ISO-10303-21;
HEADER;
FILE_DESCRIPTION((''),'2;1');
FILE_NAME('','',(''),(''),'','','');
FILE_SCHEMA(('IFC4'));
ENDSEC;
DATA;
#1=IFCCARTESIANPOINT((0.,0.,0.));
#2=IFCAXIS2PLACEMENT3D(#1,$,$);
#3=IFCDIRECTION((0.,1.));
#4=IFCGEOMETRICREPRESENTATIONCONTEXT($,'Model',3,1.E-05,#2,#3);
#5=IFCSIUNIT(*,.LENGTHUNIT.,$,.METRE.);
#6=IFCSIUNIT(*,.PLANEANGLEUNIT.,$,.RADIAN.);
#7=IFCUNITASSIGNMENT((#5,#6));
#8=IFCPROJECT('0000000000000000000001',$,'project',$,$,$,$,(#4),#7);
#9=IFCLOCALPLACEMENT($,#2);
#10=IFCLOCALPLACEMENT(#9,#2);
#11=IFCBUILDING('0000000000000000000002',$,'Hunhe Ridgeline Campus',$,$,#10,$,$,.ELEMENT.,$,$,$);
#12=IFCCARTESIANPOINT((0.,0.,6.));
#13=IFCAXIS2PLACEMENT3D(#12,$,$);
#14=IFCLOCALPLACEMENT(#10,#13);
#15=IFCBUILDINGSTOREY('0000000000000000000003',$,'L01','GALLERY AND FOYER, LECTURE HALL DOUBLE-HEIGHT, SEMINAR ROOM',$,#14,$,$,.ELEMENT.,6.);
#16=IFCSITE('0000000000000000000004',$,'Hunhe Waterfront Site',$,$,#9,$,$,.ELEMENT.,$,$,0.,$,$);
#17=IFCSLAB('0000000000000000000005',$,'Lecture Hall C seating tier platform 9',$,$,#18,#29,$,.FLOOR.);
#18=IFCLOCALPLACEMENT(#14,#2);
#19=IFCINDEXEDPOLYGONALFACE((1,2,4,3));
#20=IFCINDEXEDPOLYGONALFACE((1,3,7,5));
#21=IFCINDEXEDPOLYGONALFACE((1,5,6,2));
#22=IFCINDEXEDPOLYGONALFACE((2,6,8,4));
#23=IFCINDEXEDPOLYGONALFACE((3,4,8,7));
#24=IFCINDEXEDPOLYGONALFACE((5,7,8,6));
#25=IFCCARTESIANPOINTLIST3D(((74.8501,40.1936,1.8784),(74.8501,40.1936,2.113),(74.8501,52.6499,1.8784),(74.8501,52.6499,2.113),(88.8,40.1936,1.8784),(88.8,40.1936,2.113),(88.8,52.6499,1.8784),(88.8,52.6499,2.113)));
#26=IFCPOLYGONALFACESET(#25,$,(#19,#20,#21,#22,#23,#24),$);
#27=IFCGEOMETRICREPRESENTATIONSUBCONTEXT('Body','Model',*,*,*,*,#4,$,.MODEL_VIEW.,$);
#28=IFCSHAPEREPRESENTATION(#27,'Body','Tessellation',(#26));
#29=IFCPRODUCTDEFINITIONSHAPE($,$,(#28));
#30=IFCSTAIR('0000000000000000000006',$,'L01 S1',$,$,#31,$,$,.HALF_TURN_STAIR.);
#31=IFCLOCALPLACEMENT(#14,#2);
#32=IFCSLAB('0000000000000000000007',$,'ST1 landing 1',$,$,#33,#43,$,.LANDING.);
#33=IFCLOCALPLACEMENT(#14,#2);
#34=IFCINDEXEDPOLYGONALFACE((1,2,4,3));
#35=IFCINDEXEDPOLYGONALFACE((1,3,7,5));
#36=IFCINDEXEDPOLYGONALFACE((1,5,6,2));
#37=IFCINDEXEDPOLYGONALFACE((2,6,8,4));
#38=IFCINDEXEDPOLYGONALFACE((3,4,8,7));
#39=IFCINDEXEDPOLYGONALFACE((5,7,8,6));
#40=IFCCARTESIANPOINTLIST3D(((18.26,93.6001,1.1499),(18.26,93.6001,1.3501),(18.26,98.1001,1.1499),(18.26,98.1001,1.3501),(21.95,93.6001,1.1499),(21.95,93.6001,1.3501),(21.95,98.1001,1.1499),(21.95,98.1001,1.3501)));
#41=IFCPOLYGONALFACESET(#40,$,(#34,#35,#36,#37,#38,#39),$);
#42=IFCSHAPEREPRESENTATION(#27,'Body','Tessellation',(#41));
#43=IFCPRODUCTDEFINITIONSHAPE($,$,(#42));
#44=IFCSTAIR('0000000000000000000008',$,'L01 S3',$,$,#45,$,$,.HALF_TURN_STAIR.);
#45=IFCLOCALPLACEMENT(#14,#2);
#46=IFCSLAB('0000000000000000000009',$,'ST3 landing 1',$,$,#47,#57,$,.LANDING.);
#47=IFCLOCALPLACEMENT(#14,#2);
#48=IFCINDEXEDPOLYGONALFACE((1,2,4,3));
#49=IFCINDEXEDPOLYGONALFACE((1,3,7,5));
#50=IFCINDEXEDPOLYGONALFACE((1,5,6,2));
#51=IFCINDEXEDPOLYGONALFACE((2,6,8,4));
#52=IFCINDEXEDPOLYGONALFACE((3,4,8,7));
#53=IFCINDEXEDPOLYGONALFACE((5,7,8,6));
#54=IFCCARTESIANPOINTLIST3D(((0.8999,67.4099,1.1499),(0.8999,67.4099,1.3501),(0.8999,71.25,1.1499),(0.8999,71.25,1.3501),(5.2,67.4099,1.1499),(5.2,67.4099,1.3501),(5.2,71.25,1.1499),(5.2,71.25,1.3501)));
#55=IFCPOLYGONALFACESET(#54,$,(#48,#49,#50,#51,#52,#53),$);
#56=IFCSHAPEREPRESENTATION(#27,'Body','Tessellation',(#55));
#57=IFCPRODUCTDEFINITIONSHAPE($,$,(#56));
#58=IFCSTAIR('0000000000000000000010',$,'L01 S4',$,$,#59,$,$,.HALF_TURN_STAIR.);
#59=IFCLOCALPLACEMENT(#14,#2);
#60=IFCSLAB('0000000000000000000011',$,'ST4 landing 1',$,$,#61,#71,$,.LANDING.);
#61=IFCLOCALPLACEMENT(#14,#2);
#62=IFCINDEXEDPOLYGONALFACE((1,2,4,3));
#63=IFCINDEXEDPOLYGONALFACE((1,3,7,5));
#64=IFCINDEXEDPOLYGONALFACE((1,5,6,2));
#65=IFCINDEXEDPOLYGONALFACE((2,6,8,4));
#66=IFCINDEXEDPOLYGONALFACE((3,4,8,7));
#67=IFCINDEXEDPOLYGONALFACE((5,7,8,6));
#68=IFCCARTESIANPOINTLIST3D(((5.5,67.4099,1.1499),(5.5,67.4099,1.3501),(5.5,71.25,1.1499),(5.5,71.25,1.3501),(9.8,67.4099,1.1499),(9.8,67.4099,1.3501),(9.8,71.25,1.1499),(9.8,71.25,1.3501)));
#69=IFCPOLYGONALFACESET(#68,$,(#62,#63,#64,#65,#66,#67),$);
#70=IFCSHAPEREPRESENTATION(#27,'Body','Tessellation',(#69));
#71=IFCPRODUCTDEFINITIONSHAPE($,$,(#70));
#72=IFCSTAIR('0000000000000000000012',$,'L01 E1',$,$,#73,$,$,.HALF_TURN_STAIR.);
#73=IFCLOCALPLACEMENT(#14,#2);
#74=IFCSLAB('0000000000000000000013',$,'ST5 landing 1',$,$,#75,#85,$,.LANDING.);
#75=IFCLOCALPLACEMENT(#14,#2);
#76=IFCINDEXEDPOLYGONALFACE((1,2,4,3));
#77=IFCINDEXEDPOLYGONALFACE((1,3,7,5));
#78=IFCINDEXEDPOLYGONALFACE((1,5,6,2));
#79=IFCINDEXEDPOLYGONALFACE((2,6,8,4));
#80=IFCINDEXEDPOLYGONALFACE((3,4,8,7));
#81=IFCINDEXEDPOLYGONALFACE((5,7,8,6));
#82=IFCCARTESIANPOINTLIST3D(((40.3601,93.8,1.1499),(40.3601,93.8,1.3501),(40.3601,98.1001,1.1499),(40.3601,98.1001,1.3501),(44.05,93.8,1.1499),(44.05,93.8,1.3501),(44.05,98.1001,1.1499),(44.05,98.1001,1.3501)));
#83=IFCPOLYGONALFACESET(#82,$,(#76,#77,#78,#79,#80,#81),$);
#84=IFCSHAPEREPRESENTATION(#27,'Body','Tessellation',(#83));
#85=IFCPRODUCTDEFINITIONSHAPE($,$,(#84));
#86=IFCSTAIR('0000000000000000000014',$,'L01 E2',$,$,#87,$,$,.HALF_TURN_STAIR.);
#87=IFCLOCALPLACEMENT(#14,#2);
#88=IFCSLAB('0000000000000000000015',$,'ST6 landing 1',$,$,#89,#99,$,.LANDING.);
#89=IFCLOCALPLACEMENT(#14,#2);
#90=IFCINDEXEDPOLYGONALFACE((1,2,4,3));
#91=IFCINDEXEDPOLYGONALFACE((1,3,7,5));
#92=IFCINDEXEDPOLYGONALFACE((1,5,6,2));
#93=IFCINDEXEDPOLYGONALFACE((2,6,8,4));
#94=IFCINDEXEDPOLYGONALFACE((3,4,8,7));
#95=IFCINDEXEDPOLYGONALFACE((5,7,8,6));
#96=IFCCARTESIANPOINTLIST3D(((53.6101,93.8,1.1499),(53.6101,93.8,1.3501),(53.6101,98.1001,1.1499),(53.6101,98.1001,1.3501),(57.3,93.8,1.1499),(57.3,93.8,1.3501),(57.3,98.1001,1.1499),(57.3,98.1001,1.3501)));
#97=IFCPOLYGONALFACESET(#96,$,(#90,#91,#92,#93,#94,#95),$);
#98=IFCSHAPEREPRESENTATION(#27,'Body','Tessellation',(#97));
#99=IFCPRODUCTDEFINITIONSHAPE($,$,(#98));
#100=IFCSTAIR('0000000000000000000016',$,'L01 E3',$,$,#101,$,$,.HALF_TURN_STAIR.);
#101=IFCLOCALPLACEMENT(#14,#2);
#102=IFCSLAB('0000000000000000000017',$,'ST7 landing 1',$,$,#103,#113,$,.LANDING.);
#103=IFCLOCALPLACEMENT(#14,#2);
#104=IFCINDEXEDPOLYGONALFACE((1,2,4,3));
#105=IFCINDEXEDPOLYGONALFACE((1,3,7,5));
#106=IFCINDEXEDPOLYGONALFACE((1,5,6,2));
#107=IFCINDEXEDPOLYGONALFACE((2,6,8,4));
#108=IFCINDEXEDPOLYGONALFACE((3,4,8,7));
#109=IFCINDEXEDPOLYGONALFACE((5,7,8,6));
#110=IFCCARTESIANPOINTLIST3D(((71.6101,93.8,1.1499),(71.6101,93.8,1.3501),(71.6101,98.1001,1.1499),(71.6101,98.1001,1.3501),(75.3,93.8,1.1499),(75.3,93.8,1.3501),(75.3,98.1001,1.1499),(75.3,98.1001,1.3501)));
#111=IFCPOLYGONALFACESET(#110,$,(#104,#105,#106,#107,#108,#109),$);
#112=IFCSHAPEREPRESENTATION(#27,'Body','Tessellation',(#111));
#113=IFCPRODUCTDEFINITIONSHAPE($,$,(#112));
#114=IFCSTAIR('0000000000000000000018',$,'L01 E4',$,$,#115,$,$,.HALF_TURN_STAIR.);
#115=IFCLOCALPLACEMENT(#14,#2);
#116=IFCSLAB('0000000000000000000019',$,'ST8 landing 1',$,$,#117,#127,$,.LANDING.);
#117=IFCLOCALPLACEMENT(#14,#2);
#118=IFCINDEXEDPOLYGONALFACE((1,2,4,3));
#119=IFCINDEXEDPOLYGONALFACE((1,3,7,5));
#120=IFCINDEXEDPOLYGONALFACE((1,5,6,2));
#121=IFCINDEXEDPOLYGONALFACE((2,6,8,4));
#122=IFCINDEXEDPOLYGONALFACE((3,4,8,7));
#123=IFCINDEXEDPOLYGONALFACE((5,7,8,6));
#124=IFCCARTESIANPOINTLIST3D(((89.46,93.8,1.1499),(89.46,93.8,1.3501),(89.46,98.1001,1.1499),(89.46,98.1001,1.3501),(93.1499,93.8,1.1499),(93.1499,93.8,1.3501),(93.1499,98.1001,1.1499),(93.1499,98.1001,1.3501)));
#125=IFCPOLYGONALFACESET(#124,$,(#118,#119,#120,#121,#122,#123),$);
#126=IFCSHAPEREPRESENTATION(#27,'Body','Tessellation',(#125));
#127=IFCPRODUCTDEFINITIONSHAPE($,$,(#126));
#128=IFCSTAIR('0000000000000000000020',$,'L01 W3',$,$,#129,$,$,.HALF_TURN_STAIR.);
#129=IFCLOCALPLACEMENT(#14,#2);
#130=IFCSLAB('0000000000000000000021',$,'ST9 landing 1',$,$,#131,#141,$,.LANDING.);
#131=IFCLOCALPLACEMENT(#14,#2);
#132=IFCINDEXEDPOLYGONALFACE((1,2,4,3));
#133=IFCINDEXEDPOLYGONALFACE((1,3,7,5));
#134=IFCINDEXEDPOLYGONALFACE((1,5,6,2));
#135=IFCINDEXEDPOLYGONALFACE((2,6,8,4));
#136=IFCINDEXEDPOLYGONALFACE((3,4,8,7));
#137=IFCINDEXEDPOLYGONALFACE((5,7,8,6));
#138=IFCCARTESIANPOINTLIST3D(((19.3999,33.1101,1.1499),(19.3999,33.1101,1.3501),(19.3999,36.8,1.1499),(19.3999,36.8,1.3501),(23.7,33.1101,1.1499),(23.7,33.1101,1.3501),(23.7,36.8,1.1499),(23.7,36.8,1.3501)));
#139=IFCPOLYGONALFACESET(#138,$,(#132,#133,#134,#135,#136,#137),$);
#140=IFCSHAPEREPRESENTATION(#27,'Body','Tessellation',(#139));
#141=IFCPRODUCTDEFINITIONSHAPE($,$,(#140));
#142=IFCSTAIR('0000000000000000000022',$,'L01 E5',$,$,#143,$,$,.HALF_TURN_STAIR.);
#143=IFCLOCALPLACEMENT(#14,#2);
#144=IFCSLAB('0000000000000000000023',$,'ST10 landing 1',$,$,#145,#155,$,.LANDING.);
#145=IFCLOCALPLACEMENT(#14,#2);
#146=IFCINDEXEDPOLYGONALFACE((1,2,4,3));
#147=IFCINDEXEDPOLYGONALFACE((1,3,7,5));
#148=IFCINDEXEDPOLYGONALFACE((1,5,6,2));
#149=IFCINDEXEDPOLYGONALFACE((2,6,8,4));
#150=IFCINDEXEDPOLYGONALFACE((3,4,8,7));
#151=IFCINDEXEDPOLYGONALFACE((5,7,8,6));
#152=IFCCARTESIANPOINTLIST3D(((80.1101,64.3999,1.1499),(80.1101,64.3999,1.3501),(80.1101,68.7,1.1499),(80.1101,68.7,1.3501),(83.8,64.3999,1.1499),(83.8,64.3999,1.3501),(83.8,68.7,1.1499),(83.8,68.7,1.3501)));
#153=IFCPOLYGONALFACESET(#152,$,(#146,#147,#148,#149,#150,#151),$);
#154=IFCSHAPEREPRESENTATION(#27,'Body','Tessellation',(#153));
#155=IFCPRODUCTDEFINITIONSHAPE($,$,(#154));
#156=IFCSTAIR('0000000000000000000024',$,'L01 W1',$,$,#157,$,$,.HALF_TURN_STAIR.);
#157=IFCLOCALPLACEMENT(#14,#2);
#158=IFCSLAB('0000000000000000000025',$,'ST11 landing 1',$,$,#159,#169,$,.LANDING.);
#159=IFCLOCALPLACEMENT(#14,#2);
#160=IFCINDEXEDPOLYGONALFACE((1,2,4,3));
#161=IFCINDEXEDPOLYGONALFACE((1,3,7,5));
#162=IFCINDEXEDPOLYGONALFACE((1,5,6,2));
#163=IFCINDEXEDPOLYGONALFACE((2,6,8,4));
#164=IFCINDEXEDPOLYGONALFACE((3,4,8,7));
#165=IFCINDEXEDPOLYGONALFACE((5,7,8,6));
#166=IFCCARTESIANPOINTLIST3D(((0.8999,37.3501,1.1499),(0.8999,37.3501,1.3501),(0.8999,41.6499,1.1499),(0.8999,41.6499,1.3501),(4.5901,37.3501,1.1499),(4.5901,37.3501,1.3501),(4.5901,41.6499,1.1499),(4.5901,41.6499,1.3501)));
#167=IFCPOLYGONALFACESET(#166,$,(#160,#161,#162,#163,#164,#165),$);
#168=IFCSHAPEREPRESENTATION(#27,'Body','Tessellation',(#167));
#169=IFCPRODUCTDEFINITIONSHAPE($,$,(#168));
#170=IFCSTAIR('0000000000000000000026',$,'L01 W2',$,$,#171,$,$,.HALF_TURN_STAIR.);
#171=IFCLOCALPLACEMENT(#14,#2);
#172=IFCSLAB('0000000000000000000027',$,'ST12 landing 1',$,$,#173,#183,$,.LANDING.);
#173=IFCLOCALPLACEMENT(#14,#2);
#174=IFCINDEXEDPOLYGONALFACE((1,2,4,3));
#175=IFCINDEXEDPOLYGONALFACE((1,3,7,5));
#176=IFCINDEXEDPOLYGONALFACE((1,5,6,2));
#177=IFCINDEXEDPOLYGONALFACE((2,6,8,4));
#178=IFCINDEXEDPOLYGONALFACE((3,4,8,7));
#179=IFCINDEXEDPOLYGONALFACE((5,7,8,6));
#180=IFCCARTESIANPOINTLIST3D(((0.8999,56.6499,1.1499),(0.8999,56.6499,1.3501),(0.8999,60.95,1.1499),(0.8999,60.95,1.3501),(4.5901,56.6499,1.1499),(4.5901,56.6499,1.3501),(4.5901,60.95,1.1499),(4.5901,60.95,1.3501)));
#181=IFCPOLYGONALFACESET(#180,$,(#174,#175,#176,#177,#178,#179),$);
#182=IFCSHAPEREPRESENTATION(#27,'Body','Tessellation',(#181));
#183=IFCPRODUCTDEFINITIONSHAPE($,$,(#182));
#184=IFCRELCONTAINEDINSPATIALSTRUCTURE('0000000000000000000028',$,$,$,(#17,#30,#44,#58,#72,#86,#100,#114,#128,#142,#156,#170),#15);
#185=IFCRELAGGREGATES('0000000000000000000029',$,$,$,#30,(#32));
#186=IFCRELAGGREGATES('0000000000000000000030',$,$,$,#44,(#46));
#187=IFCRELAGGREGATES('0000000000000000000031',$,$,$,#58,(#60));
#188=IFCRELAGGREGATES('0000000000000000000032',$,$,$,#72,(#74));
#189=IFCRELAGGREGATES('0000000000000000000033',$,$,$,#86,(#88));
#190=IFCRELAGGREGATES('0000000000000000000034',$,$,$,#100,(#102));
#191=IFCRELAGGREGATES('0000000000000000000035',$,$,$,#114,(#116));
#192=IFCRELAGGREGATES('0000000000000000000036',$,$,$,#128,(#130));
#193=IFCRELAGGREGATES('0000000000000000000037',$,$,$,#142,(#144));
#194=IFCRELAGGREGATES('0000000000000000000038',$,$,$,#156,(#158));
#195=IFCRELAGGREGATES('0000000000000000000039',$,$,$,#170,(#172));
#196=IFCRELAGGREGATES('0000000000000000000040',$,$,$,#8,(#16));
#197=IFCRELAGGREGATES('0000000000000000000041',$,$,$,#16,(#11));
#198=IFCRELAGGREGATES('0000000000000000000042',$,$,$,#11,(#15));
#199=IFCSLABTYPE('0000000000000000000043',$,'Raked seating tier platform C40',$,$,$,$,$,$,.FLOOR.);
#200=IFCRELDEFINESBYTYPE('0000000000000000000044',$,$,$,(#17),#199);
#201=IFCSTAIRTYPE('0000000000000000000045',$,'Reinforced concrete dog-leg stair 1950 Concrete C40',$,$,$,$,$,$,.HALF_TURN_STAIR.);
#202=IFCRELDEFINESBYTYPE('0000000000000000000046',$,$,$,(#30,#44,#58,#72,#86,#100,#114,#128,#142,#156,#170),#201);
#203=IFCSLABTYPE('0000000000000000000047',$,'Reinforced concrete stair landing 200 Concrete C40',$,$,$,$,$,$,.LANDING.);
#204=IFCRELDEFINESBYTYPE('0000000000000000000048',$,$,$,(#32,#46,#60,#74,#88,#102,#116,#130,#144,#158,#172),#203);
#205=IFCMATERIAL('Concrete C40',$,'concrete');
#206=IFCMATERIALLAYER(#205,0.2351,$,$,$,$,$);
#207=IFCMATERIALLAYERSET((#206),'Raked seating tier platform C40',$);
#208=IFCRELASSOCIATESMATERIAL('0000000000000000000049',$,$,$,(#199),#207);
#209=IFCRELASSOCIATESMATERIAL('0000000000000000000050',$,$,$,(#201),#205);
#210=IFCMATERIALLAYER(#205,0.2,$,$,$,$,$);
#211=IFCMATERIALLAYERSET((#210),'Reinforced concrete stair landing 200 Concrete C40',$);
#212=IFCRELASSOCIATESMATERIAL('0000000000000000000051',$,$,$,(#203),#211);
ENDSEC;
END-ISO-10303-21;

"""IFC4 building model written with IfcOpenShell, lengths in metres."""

from ifc_helpers import new_model, si_unit, direction, frame, origin, place, context, subcontext, project, spatial, polyline, outline, extrude, material, layer, layer_set, type_object, element, aggregate, save


model = new_model("IFC4")

# Units and contexts
model_context = context("Model", 3, precision=1e-05, world=origin(), true_north=direction((0.0, 1.0)))
body_context = subcontext(model_context, "Body", "Model", "MODEL_VIEW")
ifc_project = project(units=[si_unit("LENGTHUNIT", "METRE"), si_unit("PLANEANGLEUNIT", "RADIAN")], contexts=[model_context])

# Site, building, storey
site_placement = place(None, origin())
site = spatial("IfcSite", under=ifc_project, at=site_placement, Name="Hunhe Waterfront Site", CompositionType="ELEMENT", RefElevation=0.0)
building_placement = place(site_placement, origin())
building = spatial("IfcBuilding", under=site, at=building_placement, Name="Hunhe Ridgeline Campus", CompositionType="ELEMENT")
storey_placement = place(building_placement, frame((0.0, 0.0, 6.0)))
storey = spatial("IfcBuildingStorey", under=building, at=storey_placement, Name="L01", Description="GALLERY AND FOYER, LECTURE HALL DOUBLE-HEIGHT, SEMINAR ROOM", CompositionType="ELEMENT", Elevation=6.0)

# Slab
ifc_material = material(Name="Concrete C40", Category="concrete")
ifc_layer_1 = layer(ifc_material, 0.2351)
ifc_layer_set_1 = layer_set([ifc_layer_1], Name="Raked seating tier platform C40")
slab_type_1 = type_object("IfcSlabType", Name="Raked seating tier platform C40", PredefinedType="FLOOR", material=ifc_layer_set_1)
slab_1_placement = place(storey_placement, frame((0.0, 0.0, 1.8784)))
element("IfcSlab", 1, at=slab_1_placement, inside=storey, type_object=slab_type_1, Name="Lecture Hall C seating tier platform 9", PredefinedType="FLOOR", context=body_context, shape_type="SweptSolid", body=[
    extrude(outline(polyline([(74.8501, 40.1936), (88.8, 40.1936), (88.8, 52.6499), (74.8501, 52.6499), (74.8501, 40.1936)])), origin(), (0.0, 0.0, 1.0), 0.2346),
])

# Stairs, slabs
stair_type = type_object("IfcStairType", Name="Reinforced concrete dog-leg stair 1950 Concrete C40", PredefinedType="HALF_TURN_STAIR", material=ifc_material)
stair_1_placement = place(storey_placement, origin())
stair_1 = element("IfcStair", 2, at=stair_1_placement, inside=storey, type_object=stair_type, Name="L01 S1", PredefinedType="HALF_TURN_STAIR")
ifc_layer_2 = layer(ifc_material, 0.2)
ifc_layer_set_2 = layer_set([ifc_layer_2], Name="Reinforced concrete stair landing 200 Concrete C40")
slab_type_2 = type_object("IfcSlabType", Name="Reinforced concrete stair landing 200 Concrete C40", PredefinedType="LANDING", material=ifc_layer_set_2)
slab_2_placement = place(storey_placement, frame((0.0, 0.0, 1.1499)))
slab_2 = element("IfcSlab", 3, at=slab_2_placement, type_object=slab_type_2, Name="ST1 landing 1", PredefinedType="LANDING", context=body_context, shape_type="SweptSolid", body=[
    extrude(outline(polyline([(18.26, 93.6001), (21.95, 93.6001), (21.95, 98.1001), (18.26, 98.1001), (18.26, 93.6001)])), origin(), (0.0, 0.0, 1.0), 0.2002),
])
aggregate(stair_1, [slab_2])
stair_2_placement = place(storey_placement, origin())
stair_2 = element("IfcStair", 4, at=stair_2_placement, inside=storey, type_object=stair_type, Name="L01 S3", PredefinedType="HALF_TURN_STAIR")
slab_3_placement = place(storey_placement, frame((0.0, 0.0, 1.1499)))
slab_3 = element("IfcSlab", 5, at=slab_3_placement, type_object=slab_type_2, Name="ST3 landing 1", PredefinedType="LANDING", context=body_context, shape_type="SweptSolid", body=[
    extrude(outline(polyline([(5.2, 67.4099), (5.2, 71.25), (0.8999, 71.25), (0.8999, 67.4099), (5.2, 67.4099)])), origin(), (0.0, 0.0, 1.0), 0.2002),
])
aggregate(stair_2, [slab_3])
stair_3_placement = place(storey_placement, origin())
stair_3 = element("IfcStair", 6, at=stair_3_placement, inside=storey, type_object=stair_type, Name="L01 S4", PredefinedType="HALF_TURN_STAIR")
slab_4_placement = place(storey_placement, frame((0.0, 0.0, 1.1499)))
slab_4 = element("IfcSlab", 7, at=slab_4_placement, type_object=slab_type_2, Name="ST4 landing 1", PredefinedType="LANDING", context=body_context, shape_type="SweptSolid", body=[
    extrude(outline(polyline([(9.8, 67.4099), (9.8, 71.25), (5.5, 71.25), (5.5, 67.4099), (9.8, 67.4099)])), origin(), (0.0, 0.0, 1.0), 0.2002),
])
aggregate(stair_3, [slab_4])
stair_4_placement = place(storey_placement, origin())
stair_4 = element("IfcStair", 8, at=stair_4_placement, inside=storey, type_object=stair_type, Name="L01 E1", PredefinedType="HALF_TURN_STAIR")
slab_5_placement = place(storey_placement, frame((0.0, 0.0, 1.1499)))
slab_5 = element("IfcSlab", 9, at=slab_5_placement, type_object=slab_type_2, Name="ST5 landing 1", PredefinedType="LANDING", context=body_context, shape_type="SweptSolid", body=[
    extrude(outline(polyline([(40.3601, 93.8), (44.05, 93.8), (44.05, 98.1001), (40.3601, 98.1001), (40.3601, 93.8)])), origin(), (0.0, 0.0, 1.0), 0.2002),
])
aggregate(stair_4, [slab_5])
stair_5_placement = place(storey_placement, origin())
stair_5 = element("IfcStair", 10, at=stair_5_placement, inside=storey, type_object=stair_type, Name="L01 E2", PredefinedType="HALF_TURN_STAIR")
slab_6_placement = place(storey_placement, frame((0.0, 0.0, 1.1499)))
slab_6 = element("IfcSlab", 11, at=slab_6_placement, type_object=slab_type_2, Name="ST6 landing 1", PredefinedType="LANDING", context=body_context, shape_type="SweptSolid", body=[
    extrude(outline(polyline([(53.6101, 93.8), (57.3, 93.8), (57.3, 98.1001), (53.6101, 98.1001), (53.6101, 93.8)])), origin(), (0.0, 0.0, 1.0), 0.2002),
])
aggregate(stair_5, [slab_6])
stair_6_placement = place(storey_placement, origin())
stair_6 = element("IfcStair", 12, at=stair_6_placement, inside=storey, type_object=stair_type, Name="L01 E3", PredefinedType="HALF_TURN_STAIR")
slab_7_placement = place(storey_placement, frame((0.0, 0.0, 1.1499)))
slab_7 = element("IfcSlab", 13, at=slab_7_placement, type_object=slab_type_2, Name="ST7 landing 1", PredefinedType="LANDING", context=body_context, shape_type="SweptSolid", body=[
    extrude(outline(polyline([(71.6101, 93.8), (75.3, 93.8), (75.3, 98.1001), (71.6101, 98.1001), (71.6101, 93.8)])), origin(), (0.0, 0.0, 1.0), 0.2002),
])
aggregate(stair_6, [slab_7])
stair_7_placement = place(storey_placement, origin())
stair_7 = element("IfcStair", 14, at=stair_7_placement, inside=storey, type_object=stair_type, Name="L01 E4", PredefinedType="HALF_TURN_STAIR")
slab_8_placement = place(storey_placement, frame((0.0, 0.0, 1.1499)))
slab_8 = element("IfcSlab", 15, at=slab_8_placement, type_object=slab_type_2, Name="ST8 landing 1", PredefinedType="LANDING", context=body_context, shape_type="SweptSolid", body=[
    extrude(outline(polyline([(89.46, 93.8), (93.1499, 93.8), (93.1499, 98.1001), (89.46, 98.1001), (89.46, 93.8)])), origin(), (0.0, 0.0, 1.0), 0.2002),
])
aggregate(stair_7, [slab_8])
stair_8_placement = place(storey_placement, origin())
stair_8 = element("IfcStair", 16, at=stair_8_placement, inside=storey, type_object=stair_type, Name="L01 W3", PredefinedType="HALF_TURN_STAIR")
slab_9_placement = place(storey_placement, frame((0.0, 0.0, 1.1499)))
slab_9 = element("IfcSlab", 17, at=slab_9_placement, type_object=slab_type_2, Name="ST9 landing 1", PredefinedType="LANDING", context=body_context, shape_type="SweptSolid", body=[
    extrude(outline(polyline([(23.7, 33.1101), (23.7, 36.8), (19.3999, 36.8), (19.3999, 33.1101), (23.7, 33.1101)])), origin(), (0.0, 0.0, 1.0), 0.2002),
])
aggregate(stair_8, [slab_9])
stair_9_placement = place(storey_placement, origin())
stair_9 = element("IfcStair", 18, at=stair_9_placement, inside=storey, type_object=stair_type, Name="L01 E5", PredefinedType="HALF_TURN_STAIR")
slab_10_placement = place(storey_placement, frame((0.0, 0.0, 1.1499)))
slab_10 = element("IfcSlab", 19, at=slab_10_placement, type_object=slab_type_2, Name="ST10 landing 1", PredefinedType="LANDING", context=body_context, shape_type="SweptSolid", body=[
    extrude(outline(polyline([(80.1101, 64.3999), (83.8, 64.3999), (83.8, 68.7), (80.1101, 68.7), (80.1101, 64.3999)])), origin(), (0.0, 0.0, 1.0), 0.2002),
])
aggregate(stair_9, [slab_10])
stair_10_placement = place(storey_placement, origin())
stair_10 = element("IfcStair", 20, at=stair_10_placement, inside=storey, type_object=stair_type, Name="L01 W1", PredefinedType="HALF_TURN_STAIR")
slab_11_placement = place(storey_placement, frame((0.0, 0.0, 1.1499)))
slab_11 = element("IfcSlab", 21, at=slab_11_placement, type_object=slab_type_2, Name="ST11 landing 1", PredefinedType="LANDING", context=body_context, shape_type="SweptSolid", body=[
    extrude(outline(polyline([(4.5901, 41.6499), (0.8999, 41.6499), (0.8999, 37.3501), (4.5901, 37.3501), (4.5901, 41.6499)])), origin(), (0.0, 0.0, 1.0), 0.2002),
])
aggregate(stair_10, [slab_11])
stair_11_placement = place(storey_placement, origin())
stair_11 = element("IfcStair", 22, at=stair_11_placement, inside=storey, type_object=stair_type, Name="L01 W2", PredefinedType="HALF_TURN_STAIR")
slab_12_placement = place(storey_placement, frame((0.0, 0.0, 1.1499)))
slab_12 = element("IfcSlab", 23, at=slab_12_placement, type_object=slab_type_2, Name="ST12 landing 1", PredefinedType="LANDING", context=body_context, shape_type="SweptSolid", body=[
    extrude(outline(polyline([(4.5901, 60.95), (0.8999, 60.95), (0.8999, 56.6499), (4.5901, 56.6499), (4.5901, 60.95)])), origin(), (0.0, 0.0, 1.0), 0.2002),
])
aggregate(stair_11, [slab_12])

save(model, "model.ifc")
